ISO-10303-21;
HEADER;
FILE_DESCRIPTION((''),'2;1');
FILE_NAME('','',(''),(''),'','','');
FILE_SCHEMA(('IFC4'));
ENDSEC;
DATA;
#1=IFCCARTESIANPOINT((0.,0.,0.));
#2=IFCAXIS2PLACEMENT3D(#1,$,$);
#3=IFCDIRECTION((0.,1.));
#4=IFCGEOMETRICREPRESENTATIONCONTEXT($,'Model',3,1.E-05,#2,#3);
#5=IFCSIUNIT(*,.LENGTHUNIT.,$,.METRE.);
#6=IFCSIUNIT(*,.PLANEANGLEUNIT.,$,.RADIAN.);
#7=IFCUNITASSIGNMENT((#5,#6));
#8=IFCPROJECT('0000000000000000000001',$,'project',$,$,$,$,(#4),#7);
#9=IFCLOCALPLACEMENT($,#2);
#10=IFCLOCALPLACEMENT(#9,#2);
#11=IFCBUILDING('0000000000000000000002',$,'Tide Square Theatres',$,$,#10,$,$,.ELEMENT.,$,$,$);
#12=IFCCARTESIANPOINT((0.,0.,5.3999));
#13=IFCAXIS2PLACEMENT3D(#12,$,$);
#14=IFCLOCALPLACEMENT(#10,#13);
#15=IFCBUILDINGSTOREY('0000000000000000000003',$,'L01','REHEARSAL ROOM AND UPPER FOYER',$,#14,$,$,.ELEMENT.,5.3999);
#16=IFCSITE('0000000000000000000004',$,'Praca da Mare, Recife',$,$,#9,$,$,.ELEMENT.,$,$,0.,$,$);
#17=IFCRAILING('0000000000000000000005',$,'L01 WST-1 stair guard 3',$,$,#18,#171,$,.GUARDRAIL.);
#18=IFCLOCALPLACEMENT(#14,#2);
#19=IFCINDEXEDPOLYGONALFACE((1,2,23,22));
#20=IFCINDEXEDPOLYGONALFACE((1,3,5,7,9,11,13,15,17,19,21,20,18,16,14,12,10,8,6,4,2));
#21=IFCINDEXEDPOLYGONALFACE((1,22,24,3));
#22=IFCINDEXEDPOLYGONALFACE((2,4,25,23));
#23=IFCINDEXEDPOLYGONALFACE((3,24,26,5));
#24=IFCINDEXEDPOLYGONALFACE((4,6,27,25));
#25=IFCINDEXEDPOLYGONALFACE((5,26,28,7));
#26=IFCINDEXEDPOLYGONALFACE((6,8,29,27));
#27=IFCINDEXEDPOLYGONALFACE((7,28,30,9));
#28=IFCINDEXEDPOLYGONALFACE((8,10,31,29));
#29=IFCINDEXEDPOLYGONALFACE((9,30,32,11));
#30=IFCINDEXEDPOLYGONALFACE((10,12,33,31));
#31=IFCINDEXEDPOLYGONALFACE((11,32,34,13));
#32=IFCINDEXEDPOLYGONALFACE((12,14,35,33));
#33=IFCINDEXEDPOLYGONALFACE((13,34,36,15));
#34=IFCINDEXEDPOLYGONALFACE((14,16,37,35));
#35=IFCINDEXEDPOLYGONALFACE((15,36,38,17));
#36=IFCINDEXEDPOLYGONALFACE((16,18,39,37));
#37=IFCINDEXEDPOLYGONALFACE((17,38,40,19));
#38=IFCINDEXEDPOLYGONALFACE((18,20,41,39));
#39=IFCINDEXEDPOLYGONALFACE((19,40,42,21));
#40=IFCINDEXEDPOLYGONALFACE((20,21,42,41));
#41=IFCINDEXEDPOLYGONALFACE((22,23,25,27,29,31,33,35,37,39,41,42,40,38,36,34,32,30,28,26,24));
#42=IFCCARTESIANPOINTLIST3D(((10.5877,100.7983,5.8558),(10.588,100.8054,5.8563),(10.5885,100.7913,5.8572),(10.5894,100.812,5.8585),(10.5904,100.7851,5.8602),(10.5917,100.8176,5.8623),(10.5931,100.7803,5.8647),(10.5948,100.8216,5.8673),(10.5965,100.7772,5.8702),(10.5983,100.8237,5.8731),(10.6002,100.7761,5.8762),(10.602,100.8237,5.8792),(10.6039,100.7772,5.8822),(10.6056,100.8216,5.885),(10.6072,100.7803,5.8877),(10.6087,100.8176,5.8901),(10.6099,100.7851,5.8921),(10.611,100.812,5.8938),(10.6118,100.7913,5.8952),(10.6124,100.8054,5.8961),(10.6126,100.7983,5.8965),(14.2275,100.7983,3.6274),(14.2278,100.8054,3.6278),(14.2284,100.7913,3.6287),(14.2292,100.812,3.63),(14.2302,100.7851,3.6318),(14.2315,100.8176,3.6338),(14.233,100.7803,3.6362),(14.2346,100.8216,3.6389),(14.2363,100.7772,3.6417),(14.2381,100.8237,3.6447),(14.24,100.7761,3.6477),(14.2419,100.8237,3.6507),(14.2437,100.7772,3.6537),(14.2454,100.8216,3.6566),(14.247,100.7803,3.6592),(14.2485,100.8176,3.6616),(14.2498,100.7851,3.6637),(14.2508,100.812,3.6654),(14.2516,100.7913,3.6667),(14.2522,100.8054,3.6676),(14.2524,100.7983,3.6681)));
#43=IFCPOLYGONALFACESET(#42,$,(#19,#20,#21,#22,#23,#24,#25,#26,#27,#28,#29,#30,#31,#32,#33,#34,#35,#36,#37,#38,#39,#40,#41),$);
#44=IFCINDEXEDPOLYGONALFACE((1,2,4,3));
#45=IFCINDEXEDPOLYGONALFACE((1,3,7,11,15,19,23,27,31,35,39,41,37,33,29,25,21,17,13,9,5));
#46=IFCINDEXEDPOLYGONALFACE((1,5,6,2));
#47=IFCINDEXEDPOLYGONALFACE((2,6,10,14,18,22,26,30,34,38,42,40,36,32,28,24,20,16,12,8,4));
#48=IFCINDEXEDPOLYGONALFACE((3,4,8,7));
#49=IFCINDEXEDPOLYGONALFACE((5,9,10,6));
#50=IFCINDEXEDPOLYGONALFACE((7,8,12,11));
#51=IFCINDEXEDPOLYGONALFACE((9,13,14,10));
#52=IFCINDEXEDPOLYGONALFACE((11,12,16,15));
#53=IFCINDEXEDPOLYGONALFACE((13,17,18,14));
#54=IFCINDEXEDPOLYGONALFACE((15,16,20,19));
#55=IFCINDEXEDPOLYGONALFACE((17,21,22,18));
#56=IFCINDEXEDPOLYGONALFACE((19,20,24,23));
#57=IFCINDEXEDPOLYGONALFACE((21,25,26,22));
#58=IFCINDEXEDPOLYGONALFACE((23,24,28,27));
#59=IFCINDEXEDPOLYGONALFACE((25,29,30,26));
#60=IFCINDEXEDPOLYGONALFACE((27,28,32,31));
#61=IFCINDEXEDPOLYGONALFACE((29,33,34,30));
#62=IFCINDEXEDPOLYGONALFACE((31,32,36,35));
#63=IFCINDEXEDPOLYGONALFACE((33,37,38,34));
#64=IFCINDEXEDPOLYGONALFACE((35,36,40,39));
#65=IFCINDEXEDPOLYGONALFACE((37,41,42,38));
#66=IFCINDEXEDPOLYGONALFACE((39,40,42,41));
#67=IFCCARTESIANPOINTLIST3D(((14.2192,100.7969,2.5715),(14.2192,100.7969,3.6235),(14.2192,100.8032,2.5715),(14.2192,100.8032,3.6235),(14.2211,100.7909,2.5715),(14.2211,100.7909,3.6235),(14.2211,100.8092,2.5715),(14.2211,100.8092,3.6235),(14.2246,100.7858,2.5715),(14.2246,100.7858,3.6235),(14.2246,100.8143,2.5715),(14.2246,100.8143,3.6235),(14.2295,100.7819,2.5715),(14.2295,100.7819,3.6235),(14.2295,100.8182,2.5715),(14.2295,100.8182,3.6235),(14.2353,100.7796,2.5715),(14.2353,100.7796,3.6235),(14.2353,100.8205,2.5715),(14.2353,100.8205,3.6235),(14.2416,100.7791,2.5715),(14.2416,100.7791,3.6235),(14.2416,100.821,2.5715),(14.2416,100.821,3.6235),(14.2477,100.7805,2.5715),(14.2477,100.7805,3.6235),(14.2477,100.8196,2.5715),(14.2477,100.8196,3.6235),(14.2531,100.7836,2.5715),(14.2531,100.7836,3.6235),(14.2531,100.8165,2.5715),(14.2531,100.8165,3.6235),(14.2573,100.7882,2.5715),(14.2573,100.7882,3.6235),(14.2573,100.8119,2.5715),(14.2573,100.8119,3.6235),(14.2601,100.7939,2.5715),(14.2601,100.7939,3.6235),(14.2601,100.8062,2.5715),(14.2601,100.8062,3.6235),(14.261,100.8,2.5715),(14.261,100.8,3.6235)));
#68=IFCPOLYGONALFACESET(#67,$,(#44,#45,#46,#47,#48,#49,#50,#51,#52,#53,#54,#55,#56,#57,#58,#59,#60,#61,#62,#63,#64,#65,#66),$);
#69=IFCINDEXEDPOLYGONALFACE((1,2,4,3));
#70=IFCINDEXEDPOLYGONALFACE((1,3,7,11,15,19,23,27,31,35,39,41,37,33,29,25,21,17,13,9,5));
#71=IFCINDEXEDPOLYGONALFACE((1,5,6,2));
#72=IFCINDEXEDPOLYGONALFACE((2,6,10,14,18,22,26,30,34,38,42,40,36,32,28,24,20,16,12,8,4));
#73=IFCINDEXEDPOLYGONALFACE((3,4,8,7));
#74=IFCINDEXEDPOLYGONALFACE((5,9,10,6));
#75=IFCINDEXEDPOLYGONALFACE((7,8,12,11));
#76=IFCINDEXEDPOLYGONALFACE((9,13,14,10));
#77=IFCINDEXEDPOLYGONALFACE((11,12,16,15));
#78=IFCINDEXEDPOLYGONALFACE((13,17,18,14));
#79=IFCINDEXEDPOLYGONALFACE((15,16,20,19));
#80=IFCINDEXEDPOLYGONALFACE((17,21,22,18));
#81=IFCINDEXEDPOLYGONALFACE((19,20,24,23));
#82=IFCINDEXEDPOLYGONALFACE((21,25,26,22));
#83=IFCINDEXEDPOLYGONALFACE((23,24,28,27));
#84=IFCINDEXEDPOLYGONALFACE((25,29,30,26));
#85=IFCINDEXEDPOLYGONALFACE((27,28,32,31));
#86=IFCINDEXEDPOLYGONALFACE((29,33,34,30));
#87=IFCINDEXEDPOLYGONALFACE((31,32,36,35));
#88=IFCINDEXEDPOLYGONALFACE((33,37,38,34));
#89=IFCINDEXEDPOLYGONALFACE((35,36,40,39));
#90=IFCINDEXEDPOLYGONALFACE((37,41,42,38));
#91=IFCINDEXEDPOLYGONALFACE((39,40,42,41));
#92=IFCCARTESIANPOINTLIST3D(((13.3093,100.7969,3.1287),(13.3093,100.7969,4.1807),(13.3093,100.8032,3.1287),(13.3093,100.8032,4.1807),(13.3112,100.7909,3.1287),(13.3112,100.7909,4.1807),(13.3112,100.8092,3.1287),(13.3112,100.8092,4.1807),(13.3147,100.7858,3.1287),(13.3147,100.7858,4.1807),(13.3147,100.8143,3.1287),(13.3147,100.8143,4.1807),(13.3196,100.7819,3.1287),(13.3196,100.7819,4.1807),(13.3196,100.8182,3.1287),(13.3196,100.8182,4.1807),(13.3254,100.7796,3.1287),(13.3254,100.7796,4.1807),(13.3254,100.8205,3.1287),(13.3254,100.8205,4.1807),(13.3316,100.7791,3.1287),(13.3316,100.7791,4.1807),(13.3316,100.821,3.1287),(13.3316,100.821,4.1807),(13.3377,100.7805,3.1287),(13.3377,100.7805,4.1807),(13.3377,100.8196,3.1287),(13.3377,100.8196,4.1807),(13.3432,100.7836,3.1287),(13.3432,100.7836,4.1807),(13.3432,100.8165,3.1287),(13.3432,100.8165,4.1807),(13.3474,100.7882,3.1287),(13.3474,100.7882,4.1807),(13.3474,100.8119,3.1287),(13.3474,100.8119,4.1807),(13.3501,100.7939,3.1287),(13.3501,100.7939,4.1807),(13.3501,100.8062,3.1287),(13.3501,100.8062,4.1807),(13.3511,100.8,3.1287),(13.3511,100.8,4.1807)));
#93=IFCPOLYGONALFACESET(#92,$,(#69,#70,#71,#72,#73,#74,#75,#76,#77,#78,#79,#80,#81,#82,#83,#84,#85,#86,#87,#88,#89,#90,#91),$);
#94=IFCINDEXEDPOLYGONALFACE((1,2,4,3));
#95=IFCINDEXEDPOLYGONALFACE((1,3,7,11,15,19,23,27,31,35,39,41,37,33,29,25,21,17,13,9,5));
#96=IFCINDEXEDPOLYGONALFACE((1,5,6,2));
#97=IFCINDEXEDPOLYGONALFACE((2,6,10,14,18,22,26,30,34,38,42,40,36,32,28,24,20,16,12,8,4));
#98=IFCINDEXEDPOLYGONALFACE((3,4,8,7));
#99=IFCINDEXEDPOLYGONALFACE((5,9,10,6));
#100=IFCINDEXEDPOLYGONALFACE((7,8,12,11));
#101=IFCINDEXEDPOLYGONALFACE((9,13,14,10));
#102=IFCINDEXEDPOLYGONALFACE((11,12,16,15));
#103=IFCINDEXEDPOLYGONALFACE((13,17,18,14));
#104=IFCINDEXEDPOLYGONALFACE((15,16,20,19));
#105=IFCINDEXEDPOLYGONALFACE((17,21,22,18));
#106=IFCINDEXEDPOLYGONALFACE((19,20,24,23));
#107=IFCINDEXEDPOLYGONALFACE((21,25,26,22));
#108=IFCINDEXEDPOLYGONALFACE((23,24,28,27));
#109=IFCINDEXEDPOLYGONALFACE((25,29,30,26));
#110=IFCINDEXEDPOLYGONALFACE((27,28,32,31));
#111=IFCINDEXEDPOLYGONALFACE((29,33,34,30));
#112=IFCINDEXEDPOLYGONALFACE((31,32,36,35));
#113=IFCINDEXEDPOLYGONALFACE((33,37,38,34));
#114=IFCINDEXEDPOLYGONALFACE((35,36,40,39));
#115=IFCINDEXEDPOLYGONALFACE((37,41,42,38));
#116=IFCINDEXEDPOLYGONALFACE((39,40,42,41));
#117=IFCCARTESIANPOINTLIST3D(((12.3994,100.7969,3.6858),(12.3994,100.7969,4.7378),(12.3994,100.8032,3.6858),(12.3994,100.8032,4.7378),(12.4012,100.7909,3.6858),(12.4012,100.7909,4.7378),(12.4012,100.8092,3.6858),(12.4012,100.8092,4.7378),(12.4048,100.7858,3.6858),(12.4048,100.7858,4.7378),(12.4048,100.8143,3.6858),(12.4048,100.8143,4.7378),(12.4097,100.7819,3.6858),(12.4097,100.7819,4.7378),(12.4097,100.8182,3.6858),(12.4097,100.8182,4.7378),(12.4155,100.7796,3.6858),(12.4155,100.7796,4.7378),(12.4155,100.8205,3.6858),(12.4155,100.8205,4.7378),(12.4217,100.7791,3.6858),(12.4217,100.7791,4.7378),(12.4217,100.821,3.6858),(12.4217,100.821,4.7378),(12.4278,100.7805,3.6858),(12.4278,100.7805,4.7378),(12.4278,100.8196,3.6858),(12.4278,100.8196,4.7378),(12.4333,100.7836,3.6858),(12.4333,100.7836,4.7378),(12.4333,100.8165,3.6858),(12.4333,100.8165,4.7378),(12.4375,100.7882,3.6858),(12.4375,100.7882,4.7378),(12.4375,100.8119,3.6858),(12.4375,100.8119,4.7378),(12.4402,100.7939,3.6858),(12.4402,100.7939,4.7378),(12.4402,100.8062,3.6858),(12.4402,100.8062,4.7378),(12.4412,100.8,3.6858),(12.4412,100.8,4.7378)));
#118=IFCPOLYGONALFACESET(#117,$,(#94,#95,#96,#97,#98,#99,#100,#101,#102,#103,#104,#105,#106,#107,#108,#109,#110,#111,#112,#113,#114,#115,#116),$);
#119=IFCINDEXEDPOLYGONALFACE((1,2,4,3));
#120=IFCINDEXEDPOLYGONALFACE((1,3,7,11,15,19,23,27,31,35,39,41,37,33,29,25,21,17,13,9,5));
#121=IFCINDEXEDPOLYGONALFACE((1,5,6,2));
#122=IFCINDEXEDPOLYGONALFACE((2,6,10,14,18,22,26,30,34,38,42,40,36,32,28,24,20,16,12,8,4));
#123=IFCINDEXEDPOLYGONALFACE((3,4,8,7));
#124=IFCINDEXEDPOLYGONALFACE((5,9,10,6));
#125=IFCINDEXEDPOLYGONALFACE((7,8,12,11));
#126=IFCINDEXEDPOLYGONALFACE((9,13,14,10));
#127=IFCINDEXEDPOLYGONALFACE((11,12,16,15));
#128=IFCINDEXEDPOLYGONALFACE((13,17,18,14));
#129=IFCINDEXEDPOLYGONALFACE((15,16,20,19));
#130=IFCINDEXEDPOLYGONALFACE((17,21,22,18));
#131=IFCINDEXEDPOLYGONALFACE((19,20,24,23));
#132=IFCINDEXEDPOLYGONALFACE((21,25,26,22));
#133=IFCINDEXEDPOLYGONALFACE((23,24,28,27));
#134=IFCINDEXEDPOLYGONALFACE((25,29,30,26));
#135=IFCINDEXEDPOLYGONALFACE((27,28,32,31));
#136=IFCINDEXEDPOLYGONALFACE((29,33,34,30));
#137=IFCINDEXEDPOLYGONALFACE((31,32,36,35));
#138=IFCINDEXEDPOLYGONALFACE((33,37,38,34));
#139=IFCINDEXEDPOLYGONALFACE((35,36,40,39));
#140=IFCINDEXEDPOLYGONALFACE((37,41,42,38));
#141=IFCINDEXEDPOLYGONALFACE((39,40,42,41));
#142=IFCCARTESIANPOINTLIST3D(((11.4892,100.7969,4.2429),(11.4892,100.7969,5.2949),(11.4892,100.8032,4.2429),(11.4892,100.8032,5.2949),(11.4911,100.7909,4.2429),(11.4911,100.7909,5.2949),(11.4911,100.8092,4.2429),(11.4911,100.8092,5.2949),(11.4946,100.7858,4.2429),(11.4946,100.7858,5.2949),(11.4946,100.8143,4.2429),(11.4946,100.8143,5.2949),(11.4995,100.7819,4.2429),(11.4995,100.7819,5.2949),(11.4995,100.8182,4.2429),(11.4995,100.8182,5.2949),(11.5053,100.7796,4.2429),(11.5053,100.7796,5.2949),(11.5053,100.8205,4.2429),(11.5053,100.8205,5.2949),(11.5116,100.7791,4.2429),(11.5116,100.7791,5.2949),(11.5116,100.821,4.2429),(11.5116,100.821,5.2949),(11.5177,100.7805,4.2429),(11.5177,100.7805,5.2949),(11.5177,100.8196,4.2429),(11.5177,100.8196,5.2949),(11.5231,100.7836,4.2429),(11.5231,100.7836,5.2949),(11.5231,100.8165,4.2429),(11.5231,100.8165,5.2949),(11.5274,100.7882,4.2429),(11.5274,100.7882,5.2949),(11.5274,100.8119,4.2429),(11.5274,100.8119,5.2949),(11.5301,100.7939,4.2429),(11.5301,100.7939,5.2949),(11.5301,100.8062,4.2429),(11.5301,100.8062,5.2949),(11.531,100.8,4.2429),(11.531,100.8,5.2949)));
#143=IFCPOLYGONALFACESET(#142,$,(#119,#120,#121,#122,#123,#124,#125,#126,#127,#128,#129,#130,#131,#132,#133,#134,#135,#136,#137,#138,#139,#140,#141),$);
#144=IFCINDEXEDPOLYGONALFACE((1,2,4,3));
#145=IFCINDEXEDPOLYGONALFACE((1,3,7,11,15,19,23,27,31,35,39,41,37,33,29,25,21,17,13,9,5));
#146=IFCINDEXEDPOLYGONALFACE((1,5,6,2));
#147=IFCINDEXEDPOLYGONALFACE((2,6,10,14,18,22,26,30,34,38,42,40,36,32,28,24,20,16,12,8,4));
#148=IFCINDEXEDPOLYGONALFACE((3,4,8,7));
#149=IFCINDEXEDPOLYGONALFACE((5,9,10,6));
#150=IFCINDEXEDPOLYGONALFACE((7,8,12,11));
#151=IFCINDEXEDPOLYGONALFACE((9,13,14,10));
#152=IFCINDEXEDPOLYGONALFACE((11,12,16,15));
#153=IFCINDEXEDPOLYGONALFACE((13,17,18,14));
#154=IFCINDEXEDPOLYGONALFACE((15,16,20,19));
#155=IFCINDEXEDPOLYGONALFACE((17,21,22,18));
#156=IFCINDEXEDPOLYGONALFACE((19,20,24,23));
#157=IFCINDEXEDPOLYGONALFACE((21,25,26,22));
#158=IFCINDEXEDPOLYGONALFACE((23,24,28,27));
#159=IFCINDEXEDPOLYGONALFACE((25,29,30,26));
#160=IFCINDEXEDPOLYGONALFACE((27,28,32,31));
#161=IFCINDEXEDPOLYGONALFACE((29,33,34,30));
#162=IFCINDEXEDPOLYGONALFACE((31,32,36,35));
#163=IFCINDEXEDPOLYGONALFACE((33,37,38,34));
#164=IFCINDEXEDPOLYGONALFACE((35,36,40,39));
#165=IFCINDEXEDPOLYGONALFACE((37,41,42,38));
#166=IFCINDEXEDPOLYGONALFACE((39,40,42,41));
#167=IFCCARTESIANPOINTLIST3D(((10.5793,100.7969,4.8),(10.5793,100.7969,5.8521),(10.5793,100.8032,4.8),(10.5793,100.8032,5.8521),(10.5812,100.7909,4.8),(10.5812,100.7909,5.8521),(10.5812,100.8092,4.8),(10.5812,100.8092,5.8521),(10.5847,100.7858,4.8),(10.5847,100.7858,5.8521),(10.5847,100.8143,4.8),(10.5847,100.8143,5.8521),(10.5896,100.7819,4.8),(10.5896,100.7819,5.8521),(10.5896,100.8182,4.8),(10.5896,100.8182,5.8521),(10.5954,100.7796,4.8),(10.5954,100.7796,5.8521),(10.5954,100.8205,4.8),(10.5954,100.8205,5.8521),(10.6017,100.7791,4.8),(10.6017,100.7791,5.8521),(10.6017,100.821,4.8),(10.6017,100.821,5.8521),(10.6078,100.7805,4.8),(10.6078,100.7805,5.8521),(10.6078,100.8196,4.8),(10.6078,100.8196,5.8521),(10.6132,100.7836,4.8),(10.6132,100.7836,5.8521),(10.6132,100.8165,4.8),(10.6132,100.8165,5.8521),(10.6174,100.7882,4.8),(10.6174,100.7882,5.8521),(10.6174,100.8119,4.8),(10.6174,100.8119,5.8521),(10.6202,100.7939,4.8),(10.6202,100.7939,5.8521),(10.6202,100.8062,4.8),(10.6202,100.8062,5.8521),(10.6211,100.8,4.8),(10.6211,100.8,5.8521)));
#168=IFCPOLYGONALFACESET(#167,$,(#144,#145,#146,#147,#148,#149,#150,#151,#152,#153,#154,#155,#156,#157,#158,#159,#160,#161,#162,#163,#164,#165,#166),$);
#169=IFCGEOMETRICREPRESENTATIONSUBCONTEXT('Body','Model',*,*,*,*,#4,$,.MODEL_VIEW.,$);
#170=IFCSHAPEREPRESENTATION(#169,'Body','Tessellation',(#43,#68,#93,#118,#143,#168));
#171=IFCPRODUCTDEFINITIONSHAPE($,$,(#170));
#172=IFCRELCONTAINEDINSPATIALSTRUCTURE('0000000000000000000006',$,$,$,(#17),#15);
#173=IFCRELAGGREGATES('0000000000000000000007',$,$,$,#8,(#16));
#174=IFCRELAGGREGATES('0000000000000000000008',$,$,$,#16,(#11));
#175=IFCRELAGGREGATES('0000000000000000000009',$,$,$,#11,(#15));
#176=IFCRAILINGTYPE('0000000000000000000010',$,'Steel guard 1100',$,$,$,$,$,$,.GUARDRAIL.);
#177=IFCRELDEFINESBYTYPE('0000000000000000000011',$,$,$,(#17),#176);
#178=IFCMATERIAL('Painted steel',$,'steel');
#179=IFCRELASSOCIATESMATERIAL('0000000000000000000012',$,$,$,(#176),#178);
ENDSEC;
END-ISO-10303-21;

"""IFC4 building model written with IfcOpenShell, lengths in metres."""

from ifc_helpers import new_model, si_unit, direction, frame, origin, origin_2d, place, context, subcontext, project, spatial, circle, extrude, material, type_object, element, save


model = new_model("IFC4")

# Units and contexts
model_context = context("Model", 3, precision=1e-05, world=origin(), true_north=direction((0.0, 1.0)))
body_context = subcontext(model_context, "Body", "Model", "MODEL_VIEW")
ifc_project = project(units=[si_unit("LENGTHUNIT", "METRE"), si_unit("PLANEANGLEUNIT", "RADIAN")], contexts=[model_context])

# Site, building, storey
site_placement = place(None, origin())
site = spatial("IfcSite", under=ifc_project, at=site_placement, Name="Praca da Mare, Recife", CompositionType="ELEMENT", RefElevation=0.0)
building_placement = place(site_placement, origin())
building = spatial("IfcBuilding", under=site, at=building_placement, Name="Tide Square Theatres", CompositionType="ELEMENT")
storey_placement = place(building_placement, frame((0.0, 0.0, 5.3999)))
storey = spatial("IfcBuildingStorey", under=building, at=storey_placement, Name="L01", Description="REHEARSAL ROOM AND UPPER FOYER", CompositionType="ELEMENT", Elevation=5.3999)

# Railing
ifc_material_1 = material(Name="Painted steel", Category="steel")
railing_type_1 = type_object("IfcRailingType", Name="Steel guard 1100", PredefinedType="GUARDRAIL", material=ifc_material_1)
railing_1_placement = place(storey_placement, frame((14.24, 100.8, 2.5715)))
element("IfcRailing", 1, at=railing_1_placement, inside=storey, type_object=railing_type_1, Name="L01 WST-1 stair guard 3", PredefinedType="GUARDRAIL", context=body_context, shape_type="SweptSolid", body=[
    extrude(circle(Radius=0.0239, at=origin_2d()), frame((0.0, 0.0, 1.0762), z_axis=(-0.85285, 0.0, 0.522156), x_axis=(0.0, -1.0, 0.0)), (0.0, 0.0, 1.0), 4.2678),
    extrude(circle(Radius=0.021, at=origin_2d()), origin(), (0.0, 0.0, 1.0), 1.052),
    extrude(circle(Radius=0.021, at=origin_2d()), frame((-0.9099, 0.0, 0.5571)), (0.0, 0.0, 1.0), 1.052),
    extrude(circle(Radius=0.021, at=origin_2d()), frame((-1.8198, 0.0, 1.1143)), (0.0, 0.0, 1.0), 1.052),
    extrude(circle(Radius=0.021, at=origin_2d()), frame((-2.73, 0.0, 1.6714)), (0.0, 0.0, 1.0), 1.052),
    extrude(circle(Radius=0.021, at=origin_2d()), frame((-3.6399, 0.0, 2.2285)), (0.0, 0.0, 1.0), 1.052),
])

save(model, "model.ifc")
